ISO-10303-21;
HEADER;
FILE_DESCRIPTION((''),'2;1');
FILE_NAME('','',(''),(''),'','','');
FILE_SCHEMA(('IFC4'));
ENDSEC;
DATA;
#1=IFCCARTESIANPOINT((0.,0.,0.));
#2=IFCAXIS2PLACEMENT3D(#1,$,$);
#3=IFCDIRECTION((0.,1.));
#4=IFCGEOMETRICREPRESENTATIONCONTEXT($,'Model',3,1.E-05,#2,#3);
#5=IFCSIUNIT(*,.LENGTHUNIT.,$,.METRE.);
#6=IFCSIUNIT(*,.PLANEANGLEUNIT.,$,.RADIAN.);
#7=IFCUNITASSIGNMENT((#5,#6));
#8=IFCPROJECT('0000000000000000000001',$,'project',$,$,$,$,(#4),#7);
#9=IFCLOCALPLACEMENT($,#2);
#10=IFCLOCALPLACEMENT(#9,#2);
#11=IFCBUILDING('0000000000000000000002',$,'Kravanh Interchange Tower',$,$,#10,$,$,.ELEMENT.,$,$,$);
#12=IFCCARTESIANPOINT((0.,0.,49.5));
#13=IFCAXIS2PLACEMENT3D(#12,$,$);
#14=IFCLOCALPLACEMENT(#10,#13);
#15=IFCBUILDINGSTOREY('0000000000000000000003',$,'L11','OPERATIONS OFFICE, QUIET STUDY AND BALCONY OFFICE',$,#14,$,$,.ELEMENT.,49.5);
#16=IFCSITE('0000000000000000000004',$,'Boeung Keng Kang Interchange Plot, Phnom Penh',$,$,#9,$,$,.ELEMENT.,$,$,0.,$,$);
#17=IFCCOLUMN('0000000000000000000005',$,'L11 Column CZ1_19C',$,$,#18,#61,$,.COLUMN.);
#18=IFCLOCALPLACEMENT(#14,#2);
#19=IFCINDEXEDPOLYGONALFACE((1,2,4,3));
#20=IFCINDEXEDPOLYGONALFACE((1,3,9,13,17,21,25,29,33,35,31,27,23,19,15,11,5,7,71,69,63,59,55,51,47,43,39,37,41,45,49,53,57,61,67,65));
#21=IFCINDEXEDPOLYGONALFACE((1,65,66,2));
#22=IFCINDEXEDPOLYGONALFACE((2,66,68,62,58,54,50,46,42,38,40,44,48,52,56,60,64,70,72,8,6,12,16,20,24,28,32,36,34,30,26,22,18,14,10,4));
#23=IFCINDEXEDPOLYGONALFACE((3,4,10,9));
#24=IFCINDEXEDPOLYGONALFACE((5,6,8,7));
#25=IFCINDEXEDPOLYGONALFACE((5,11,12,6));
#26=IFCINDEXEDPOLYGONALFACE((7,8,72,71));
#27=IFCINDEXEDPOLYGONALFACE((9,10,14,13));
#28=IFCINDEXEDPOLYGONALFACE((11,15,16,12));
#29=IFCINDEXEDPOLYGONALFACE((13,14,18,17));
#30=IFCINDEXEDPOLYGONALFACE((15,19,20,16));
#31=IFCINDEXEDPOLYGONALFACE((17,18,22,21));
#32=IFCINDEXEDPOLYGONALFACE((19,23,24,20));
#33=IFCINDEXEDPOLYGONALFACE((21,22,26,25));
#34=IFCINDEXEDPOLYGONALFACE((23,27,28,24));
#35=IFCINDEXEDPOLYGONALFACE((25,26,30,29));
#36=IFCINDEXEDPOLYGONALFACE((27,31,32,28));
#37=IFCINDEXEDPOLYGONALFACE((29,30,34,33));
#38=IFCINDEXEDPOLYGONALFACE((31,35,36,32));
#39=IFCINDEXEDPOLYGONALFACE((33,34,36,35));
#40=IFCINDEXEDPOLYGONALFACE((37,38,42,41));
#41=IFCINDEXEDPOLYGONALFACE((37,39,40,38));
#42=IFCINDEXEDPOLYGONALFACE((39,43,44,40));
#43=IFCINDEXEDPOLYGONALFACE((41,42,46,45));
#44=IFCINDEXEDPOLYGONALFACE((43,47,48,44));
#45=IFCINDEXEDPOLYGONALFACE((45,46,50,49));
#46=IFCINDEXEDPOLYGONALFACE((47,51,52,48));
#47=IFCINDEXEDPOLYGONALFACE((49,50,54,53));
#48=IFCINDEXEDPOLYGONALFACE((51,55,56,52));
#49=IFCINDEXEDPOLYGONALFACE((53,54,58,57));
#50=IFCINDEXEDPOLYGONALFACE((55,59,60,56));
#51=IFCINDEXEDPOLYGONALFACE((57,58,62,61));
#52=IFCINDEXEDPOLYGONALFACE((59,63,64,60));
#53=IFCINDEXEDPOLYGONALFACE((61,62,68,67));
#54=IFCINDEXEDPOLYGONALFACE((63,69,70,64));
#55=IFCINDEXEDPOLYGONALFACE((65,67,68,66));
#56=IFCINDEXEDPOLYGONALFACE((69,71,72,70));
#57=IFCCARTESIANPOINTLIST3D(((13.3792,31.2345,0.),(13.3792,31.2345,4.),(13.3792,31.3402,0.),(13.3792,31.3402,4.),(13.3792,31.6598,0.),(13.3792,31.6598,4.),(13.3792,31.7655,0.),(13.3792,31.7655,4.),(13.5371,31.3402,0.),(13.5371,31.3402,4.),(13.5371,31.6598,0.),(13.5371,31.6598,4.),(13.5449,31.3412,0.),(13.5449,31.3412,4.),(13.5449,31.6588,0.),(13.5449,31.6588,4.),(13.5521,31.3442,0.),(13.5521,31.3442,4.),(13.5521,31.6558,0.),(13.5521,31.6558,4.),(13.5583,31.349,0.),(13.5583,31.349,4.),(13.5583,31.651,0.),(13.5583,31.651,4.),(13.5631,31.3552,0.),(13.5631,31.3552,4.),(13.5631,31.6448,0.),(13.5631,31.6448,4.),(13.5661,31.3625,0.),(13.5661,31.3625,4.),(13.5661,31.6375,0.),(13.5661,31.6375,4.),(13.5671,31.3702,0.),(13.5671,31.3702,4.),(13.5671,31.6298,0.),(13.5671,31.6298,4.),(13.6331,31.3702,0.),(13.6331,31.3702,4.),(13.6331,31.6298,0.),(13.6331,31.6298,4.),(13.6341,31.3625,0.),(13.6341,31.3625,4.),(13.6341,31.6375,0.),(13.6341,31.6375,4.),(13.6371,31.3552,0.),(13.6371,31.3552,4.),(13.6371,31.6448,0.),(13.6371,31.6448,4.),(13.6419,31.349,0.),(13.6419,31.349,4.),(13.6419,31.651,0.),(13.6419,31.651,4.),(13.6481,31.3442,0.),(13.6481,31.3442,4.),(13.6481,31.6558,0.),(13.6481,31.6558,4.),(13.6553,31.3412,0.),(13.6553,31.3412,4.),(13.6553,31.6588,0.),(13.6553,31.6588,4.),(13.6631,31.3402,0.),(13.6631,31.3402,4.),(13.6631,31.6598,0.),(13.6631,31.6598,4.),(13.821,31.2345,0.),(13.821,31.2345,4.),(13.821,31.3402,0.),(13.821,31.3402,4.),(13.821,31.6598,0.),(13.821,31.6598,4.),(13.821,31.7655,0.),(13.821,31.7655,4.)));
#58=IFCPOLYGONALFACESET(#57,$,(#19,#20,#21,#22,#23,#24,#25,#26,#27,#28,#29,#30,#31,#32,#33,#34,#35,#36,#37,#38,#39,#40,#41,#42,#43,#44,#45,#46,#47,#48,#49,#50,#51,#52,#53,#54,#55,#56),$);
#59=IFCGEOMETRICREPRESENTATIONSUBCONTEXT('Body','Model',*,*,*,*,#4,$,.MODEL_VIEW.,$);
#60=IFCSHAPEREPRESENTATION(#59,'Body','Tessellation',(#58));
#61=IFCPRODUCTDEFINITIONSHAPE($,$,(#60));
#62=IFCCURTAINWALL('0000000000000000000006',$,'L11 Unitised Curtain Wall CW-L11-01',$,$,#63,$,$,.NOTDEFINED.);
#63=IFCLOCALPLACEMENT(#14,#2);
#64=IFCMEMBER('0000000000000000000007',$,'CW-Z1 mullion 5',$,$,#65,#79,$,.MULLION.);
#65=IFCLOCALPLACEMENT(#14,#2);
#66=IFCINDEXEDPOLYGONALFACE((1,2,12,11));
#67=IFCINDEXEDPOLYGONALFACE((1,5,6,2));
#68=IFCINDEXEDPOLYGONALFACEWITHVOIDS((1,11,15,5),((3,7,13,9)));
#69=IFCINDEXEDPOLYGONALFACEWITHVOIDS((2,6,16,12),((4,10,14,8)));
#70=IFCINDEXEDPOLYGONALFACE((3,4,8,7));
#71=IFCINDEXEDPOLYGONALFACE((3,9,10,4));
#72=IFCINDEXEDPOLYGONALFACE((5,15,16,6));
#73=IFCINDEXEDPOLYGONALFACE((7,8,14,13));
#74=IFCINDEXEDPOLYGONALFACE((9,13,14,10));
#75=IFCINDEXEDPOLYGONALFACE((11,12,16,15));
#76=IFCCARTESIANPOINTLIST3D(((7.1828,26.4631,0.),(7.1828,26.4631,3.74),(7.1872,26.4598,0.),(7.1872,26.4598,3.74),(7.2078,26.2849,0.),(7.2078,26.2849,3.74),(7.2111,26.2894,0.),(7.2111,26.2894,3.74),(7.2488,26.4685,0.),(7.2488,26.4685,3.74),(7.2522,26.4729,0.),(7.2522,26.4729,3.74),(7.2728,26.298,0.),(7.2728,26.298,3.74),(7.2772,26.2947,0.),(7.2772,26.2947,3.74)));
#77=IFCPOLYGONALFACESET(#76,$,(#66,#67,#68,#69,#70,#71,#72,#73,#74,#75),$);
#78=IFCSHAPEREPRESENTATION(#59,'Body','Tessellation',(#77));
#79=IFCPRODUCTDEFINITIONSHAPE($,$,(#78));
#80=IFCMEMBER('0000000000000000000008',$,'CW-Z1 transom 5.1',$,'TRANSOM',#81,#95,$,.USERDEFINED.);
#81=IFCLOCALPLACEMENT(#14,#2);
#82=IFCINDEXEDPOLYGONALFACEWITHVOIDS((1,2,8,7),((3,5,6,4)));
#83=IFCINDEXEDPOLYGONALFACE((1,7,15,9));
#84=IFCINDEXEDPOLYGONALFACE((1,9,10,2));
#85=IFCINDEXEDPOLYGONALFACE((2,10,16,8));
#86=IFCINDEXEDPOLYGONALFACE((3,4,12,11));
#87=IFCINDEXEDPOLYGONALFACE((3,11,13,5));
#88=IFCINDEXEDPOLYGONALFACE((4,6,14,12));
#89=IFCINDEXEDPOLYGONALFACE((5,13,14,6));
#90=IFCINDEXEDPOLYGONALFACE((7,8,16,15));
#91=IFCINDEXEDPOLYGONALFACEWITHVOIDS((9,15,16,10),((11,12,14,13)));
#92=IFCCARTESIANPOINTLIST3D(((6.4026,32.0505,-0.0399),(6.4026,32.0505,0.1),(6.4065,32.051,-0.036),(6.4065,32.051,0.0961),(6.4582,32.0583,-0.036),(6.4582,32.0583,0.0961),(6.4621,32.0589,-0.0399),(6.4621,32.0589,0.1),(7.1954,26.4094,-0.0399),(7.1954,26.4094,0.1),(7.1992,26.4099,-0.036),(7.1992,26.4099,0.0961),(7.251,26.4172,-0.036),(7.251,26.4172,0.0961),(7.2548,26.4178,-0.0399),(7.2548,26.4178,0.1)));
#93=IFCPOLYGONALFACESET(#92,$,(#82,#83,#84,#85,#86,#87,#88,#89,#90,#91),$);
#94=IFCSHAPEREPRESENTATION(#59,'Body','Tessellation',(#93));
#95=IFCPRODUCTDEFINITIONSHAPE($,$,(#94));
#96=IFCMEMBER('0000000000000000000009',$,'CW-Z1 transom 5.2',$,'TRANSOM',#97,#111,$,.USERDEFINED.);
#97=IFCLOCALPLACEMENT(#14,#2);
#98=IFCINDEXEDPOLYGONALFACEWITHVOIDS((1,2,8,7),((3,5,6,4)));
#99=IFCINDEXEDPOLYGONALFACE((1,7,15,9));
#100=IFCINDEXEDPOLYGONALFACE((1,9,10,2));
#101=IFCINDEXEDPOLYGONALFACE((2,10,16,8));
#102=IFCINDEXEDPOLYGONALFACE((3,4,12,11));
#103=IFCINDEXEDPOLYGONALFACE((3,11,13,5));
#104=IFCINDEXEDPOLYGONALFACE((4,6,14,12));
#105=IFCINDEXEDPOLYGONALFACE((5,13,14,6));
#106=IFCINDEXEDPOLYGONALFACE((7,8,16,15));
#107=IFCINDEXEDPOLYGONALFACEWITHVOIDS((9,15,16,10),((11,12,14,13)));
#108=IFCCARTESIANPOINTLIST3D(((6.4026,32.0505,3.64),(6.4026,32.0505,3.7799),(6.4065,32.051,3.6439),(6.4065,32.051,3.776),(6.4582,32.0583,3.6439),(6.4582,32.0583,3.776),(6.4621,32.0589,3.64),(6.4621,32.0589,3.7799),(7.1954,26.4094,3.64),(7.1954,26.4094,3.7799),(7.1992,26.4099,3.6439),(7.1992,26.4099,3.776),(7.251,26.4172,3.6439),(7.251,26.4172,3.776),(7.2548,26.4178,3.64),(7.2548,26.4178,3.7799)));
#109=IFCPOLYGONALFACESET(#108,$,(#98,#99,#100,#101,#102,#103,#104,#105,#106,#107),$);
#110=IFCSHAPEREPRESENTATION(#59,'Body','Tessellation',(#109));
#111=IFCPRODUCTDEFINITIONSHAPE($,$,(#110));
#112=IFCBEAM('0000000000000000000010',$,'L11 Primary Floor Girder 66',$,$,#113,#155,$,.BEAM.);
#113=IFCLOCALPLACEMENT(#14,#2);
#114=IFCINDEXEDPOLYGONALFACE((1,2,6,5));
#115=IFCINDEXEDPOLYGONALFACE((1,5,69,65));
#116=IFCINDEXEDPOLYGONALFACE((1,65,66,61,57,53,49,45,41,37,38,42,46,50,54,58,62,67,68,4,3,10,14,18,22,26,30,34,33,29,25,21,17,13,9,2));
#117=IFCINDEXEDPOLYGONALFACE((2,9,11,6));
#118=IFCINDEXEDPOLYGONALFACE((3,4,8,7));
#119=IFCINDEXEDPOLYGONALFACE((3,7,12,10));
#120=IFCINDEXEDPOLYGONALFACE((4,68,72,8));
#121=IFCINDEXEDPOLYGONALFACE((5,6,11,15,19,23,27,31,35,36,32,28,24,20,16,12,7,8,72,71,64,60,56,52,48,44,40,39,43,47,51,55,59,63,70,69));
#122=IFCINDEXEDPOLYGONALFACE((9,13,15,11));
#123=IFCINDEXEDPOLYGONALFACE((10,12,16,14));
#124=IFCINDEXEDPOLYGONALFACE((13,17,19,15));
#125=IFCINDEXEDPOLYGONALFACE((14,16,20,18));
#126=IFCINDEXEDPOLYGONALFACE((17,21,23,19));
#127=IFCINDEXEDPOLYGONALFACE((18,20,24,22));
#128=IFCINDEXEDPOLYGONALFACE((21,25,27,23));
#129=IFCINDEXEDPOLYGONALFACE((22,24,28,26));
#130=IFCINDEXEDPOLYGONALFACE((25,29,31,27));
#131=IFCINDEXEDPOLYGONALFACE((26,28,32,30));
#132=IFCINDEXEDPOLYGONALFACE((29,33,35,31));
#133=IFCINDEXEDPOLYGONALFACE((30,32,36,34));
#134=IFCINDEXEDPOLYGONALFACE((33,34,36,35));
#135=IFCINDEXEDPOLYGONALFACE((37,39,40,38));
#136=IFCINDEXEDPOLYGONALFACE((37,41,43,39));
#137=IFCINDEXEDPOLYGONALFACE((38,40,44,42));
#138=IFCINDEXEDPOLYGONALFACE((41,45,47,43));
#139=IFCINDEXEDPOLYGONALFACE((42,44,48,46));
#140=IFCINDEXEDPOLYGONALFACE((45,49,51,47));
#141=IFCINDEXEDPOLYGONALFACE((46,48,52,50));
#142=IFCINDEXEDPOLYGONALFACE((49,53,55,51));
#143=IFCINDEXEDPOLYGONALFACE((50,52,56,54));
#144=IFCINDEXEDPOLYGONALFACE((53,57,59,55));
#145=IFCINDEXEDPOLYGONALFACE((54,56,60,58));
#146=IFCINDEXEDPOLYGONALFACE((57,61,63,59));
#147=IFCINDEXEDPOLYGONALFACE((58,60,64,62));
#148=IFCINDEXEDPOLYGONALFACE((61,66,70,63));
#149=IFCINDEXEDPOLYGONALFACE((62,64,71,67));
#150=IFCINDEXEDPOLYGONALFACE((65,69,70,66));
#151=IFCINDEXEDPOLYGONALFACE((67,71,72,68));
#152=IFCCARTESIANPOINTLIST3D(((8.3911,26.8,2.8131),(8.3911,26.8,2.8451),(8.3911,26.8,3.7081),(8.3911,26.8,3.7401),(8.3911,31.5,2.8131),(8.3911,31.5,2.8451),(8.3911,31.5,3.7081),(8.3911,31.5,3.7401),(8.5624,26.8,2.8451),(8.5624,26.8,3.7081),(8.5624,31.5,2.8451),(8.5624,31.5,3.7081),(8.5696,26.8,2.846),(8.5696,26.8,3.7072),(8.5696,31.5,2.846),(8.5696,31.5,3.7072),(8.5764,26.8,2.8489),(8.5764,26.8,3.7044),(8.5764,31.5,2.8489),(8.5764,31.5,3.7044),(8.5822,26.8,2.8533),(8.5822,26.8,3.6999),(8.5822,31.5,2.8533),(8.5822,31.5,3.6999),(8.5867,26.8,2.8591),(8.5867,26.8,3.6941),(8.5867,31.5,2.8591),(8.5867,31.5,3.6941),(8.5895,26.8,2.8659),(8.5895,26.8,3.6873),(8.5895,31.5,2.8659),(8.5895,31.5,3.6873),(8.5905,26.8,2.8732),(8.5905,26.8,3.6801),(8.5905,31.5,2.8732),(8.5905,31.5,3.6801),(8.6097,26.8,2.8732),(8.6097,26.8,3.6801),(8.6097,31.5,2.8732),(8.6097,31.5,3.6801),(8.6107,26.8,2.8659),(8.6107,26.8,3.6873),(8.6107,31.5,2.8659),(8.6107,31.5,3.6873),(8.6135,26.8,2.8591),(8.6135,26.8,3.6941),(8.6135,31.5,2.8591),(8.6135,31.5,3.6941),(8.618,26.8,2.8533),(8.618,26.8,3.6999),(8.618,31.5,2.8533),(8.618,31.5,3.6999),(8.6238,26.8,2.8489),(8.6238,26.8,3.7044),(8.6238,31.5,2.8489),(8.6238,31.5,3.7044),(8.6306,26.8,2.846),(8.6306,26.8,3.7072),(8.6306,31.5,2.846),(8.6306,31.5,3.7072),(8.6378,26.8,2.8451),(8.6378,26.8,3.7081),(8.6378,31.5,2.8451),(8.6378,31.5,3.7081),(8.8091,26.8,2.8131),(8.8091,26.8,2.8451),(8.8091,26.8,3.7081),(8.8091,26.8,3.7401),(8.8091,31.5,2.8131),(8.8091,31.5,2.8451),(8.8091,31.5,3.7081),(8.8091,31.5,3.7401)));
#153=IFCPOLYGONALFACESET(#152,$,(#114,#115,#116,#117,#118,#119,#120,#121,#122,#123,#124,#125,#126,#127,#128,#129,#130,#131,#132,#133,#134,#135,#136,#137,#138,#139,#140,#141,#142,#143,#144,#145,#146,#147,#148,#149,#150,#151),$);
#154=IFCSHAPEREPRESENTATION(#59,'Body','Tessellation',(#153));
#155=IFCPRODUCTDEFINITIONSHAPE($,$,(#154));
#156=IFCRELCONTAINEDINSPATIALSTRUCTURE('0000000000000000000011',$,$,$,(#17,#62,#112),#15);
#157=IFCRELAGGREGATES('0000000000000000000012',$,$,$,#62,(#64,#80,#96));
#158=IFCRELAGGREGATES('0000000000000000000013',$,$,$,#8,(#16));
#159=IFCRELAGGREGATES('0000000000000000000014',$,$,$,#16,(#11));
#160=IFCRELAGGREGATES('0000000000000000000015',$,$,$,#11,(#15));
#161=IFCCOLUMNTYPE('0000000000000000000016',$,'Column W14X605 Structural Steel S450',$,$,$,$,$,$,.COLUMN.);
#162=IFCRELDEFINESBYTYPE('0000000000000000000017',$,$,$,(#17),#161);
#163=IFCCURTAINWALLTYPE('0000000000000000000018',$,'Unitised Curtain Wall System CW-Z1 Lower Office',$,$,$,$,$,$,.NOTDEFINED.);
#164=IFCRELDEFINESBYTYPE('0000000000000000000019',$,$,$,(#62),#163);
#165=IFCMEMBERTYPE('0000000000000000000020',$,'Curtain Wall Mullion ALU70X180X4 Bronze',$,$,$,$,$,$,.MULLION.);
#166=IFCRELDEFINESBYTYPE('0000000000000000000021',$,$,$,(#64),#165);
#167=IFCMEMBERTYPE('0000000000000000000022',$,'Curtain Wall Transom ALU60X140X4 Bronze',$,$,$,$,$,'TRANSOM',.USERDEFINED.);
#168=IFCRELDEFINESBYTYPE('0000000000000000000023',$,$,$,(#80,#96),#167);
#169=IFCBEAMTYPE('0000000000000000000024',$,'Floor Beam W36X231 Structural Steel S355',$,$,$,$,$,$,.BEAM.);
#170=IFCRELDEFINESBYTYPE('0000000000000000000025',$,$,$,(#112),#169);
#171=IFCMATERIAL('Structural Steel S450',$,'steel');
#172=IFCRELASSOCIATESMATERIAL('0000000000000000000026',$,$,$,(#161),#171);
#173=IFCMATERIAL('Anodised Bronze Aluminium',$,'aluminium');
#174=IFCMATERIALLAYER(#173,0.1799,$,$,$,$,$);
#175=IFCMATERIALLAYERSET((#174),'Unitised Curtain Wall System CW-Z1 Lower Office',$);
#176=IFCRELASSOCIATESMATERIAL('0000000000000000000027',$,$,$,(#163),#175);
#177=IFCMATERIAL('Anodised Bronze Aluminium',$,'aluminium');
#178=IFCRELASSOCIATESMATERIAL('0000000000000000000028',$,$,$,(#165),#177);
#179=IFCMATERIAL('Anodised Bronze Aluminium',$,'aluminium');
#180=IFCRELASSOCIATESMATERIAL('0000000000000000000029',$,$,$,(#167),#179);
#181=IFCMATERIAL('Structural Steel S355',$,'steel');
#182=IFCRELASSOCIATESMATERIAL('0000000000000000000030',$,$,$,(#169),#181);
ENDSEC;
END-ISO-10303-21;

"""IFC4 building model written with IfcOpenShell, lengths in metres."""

from ifc_helpers import new_model, si_unit, direction, frame, origin, origin_2d, place, context, subcontext, project, spatial, hollow_rectangle, i_section, extrude, material, layer, layer_set, material_profile, profile_set, type_object, element, aggregate, save


model = new_model("IFC4")

# Units and contexts
model_context = context("Model", 3, precision=1e-05, world=origin(), true_north=direction((0.0, 1.0)))
body_context = subcontext(model_context, "Body", "Model", "MODEL_VIEW")
ifc_project = project(units=[si_unit("LENGTHUNIT", "METRE"), si_unit("PLANEANGLEUNIT", "RADIAN")], contexts=[model_context])

# Site, building, storey
site_placement = place(None, origin())
site = spatial("IfcSite", under=ifc_project, at=site_placement, Name="Boeung Keng Kang Interchange Plot, Phnom Penh", CompositionType="ELEMENT", RefElevation=0.0)
building_placement = place(site_placement, origin())
building = spatial("IfcBuilding", under=site, at=building_placement, Name="Kravanh Interchange Tower", CompositionType="ELEMENT")
storey_placement = place(building_placement, frame((0.0, 0.0, 49.5)))
storey = spatial("IfcBuildingStorey", under=building, at=storey_placement, Name="L11", Description="OPERATIONS OFFICE, QUIET STUDY AND BALCONY OFFICE", CompositionType="ELEMENT", Elevation=49.5)

# Column
ifc_material_1 = material(Name="Structural Steel S450", Category="steel")
ifc_material_profile_1 = material_profile(ifc_material_1, i_section(OverallWidth=0.4419, OverallDepth=0.531, WebThickness=0.0659, FlangeThickness=0.1057, FilletRadius=0.03, at=origin_2d()), Name="W14X605")
ifc_profile_set_1 = profile_set([ifc_material_profile_1], Name="Structural Steel S450")
column_type = type_object("IfcColumnType", Name="Column W14X605 Structural Steel S450", PredefinedType="COLUMN", material=ifc_profile_set_1)
for number, where, z_axis, x_axis, name in (
    (1, (13.6001, 31.5, 0.0), (0.0, 0.0, 1.0), (1.0, 0.0, 0.0), "L11 Column CZ1_19C"),
):
    element("IfcColumn", number, at=place(storey_placement, frame(where, z_axis=z_axis, x_axis=x_axis)), inside=storey, type_object=column_type, Name=name, PredefinedType="COLUMN", context=body_context, shape_type="SweptSolid", body=[
        extrude(i_section(OverallWidth=0.4419, OverallDepth=0.531, WebThickness=0.0659, FlangeThickness=0.1057, FilletRadius=0.03, at=origin_2d()), origin(), (0.0, 0.0, 1.0), 4.0),
    ])

# Curtain wall, members
ifc_material_2 = material(Name="Anodised Bronze Aluminium", Category="aluminium")
ifc_layer_1 = layer(ifc_material_2, 0.1799)
ifc_layer_set_1 = layer_set([ifc_layer_1], Name="Unitised Curtain Wall System CW-Z1 Lower Office")
curtain_wall_type = type_object("IfcCurtainWallType", Name="Unitised Curtain Wall System CW-Z1 Lower Office", PredefinedType="NOTDEFINED", material=ifc_layer_set_1)
curtain_wall_placement = place(storey_placement, origin())
curtain_wall = element("IfcCurtainWall", 2, at=curtain_wall_placement, inside=storey, type_object=curtain_wall_type, Name="L11 Unitised Curtain Wall CW-L11-01", PredefinedType="NOTDEFINED")
ifc_material_3 = material(Name="Anodised Bronze Aluminium", Category="aluminium")
ifc_material_profile_2 = material_profile(ifc_material_3, hollow_rectangle(XDim=0.0701, YDim=0.1799, WallThickness=0.0039, at=origin_2d()), Name="ALU70X180X4")
ifc_profile_set_2 = profile_set([ifc_material_profile_2], Name="Anodised Bronze Aluminium")
member_type_1 = type_object("IfcMemberType", Name="Curtain Wall Mullion ALU70X180X4 Bronze", PredefinedType="MULLION", material=ifc_profile_set_2)
member_1_placement = place(storey_placement, frame((7.23, 26.3789, 0.0), z_axis=(0.0, 0.0, 1.0), x_axis=(-0.990268, -0.139177, 0.0)))
member_1 = element("IfcMember", 3, at=member_1_placement, type_object=member_type_1, Name="CW-Z1 mullion 5", PredefinedType="MULLION", context=body_context, shape_type="SweptSolid", body=[
    extrude(hollow_rectangle(XDim=0.0701, YDim=0.1799, WallThickness=0.0039, at=origin_2d()), origin(), (0.0, 0.0, 1.0), 3.74),
])
ifc_material_4 = material(Name="Anodised Bronze Aluminium", Category="aluminium")
ifc_material_profile_3 = material_profile(ifc_material_4, hollow_rectangle(XDim=0.0601, YDim=0.1399, WallThickness=0.0039, at=origin_2d()), Name="ALU60X140X4")
ifc_profile_set_3 = profile_set([ifc_material_profile_3], Name="Anodised Bronze Aluminium")
member_type_2 = type_object("IfcMemberType", Name="Curtain Wall Transom ALU60X140X4 Bronze", ElementType="TRANSOM", PredefinedType="USERDEFINED", material=ifc_profile_set_3)
member_2_placement = place(storey_placement, frame((7.2251, 26.4136, 0.03), z_axis=(-0.139159, 0.99027, 0.0), x_axis=(-0.99027, -0.139159, 0.0)))
member_2 = element("IfcMember", 4, at=member_2_placement, type_object=member_type_2, Name="CW-Z1 transom 5.1", ObjectType="TRANSOM", PredefinedType="USERDEFINED", context=body_context, shape_type="SweptSolid", body=[
    extrude(hollow_rectangle(XDim=0.0601, YDim=0.1399, WallThickness=0.0039, at=origin_2d()), origin(), (0.0, 0.0, 1.0), 5.6965),
])
member_3_placement = place(storey_placement, frame((7.2251, 26.4136, 3.71), z_axis=(-0.139159, 0.99027, 0.0), x_axis=(-0.99027, -0.139159, 0.0)))
member_3 = element("IfcMember", 5, at=member_3_placement, type_object=member_type_2, Name="CW-Z1 transom 5.2", ObjectType="TRANSOM", PredefinedType="USERDEFINED", context=body_context, shape_type="SweptSolid", body=[
    extrude(hollow_rectangle(XDim=0.0601, YDim=0.1399, WallThickness=0.0039, at=origin_2d()), origin(), (0.0, 0.0, 1.0), 5.6965),
])

# Beam
ifc_material_5 = material(Name="Structural Steel S355", Category="steel")
ifc_material_profile_4 = material_profile(ifc_material_5, i_section(OverallWidth=0.418, OverallDepth=0.927, WebThickness=0.0193, FlangeThickness=0.032, FilletRadius=0.0281, at=origin_2d()), Name="W36X231")
ifc_profile_set_4 = profile_set([ifc_material_profile_4], Name="Structural Steel S355")
beam_type_1 = type_object("IfcBeamType", Name="Floor Beam W36X231 Structural Steel S355", PredefinedType="BEAM", material=ifc_profile_set_4)
beam_1_placement = place(storey_placement, frame((8.6001, 26.8, 3.2766), z_axis=(0.0, 1.0, 0.0), x_axis=(-1.0, 0.0, 0.0)))
element("IfcBeam", 6, at=beam_1_placement, inside=storey, type_object=beam_type_1, Name="L11 Primary Floor Girder 66", PredefinedType="BEAM", context=body_context, shape_type="SweptSolid", body=[
    extrude(i_section(OverallWidth=0.418, OverallDepth=0.927, WebThickness=0.0193, FlangeThickness=0.032, FilletRadius=0.0281, at=origin_2d()), origin(), (0.0, 0.0, 1.0), 4.7),
])

aggregate(curtain_wall, [member_1, member_2, member_3])

save(model, "model.ifc")
